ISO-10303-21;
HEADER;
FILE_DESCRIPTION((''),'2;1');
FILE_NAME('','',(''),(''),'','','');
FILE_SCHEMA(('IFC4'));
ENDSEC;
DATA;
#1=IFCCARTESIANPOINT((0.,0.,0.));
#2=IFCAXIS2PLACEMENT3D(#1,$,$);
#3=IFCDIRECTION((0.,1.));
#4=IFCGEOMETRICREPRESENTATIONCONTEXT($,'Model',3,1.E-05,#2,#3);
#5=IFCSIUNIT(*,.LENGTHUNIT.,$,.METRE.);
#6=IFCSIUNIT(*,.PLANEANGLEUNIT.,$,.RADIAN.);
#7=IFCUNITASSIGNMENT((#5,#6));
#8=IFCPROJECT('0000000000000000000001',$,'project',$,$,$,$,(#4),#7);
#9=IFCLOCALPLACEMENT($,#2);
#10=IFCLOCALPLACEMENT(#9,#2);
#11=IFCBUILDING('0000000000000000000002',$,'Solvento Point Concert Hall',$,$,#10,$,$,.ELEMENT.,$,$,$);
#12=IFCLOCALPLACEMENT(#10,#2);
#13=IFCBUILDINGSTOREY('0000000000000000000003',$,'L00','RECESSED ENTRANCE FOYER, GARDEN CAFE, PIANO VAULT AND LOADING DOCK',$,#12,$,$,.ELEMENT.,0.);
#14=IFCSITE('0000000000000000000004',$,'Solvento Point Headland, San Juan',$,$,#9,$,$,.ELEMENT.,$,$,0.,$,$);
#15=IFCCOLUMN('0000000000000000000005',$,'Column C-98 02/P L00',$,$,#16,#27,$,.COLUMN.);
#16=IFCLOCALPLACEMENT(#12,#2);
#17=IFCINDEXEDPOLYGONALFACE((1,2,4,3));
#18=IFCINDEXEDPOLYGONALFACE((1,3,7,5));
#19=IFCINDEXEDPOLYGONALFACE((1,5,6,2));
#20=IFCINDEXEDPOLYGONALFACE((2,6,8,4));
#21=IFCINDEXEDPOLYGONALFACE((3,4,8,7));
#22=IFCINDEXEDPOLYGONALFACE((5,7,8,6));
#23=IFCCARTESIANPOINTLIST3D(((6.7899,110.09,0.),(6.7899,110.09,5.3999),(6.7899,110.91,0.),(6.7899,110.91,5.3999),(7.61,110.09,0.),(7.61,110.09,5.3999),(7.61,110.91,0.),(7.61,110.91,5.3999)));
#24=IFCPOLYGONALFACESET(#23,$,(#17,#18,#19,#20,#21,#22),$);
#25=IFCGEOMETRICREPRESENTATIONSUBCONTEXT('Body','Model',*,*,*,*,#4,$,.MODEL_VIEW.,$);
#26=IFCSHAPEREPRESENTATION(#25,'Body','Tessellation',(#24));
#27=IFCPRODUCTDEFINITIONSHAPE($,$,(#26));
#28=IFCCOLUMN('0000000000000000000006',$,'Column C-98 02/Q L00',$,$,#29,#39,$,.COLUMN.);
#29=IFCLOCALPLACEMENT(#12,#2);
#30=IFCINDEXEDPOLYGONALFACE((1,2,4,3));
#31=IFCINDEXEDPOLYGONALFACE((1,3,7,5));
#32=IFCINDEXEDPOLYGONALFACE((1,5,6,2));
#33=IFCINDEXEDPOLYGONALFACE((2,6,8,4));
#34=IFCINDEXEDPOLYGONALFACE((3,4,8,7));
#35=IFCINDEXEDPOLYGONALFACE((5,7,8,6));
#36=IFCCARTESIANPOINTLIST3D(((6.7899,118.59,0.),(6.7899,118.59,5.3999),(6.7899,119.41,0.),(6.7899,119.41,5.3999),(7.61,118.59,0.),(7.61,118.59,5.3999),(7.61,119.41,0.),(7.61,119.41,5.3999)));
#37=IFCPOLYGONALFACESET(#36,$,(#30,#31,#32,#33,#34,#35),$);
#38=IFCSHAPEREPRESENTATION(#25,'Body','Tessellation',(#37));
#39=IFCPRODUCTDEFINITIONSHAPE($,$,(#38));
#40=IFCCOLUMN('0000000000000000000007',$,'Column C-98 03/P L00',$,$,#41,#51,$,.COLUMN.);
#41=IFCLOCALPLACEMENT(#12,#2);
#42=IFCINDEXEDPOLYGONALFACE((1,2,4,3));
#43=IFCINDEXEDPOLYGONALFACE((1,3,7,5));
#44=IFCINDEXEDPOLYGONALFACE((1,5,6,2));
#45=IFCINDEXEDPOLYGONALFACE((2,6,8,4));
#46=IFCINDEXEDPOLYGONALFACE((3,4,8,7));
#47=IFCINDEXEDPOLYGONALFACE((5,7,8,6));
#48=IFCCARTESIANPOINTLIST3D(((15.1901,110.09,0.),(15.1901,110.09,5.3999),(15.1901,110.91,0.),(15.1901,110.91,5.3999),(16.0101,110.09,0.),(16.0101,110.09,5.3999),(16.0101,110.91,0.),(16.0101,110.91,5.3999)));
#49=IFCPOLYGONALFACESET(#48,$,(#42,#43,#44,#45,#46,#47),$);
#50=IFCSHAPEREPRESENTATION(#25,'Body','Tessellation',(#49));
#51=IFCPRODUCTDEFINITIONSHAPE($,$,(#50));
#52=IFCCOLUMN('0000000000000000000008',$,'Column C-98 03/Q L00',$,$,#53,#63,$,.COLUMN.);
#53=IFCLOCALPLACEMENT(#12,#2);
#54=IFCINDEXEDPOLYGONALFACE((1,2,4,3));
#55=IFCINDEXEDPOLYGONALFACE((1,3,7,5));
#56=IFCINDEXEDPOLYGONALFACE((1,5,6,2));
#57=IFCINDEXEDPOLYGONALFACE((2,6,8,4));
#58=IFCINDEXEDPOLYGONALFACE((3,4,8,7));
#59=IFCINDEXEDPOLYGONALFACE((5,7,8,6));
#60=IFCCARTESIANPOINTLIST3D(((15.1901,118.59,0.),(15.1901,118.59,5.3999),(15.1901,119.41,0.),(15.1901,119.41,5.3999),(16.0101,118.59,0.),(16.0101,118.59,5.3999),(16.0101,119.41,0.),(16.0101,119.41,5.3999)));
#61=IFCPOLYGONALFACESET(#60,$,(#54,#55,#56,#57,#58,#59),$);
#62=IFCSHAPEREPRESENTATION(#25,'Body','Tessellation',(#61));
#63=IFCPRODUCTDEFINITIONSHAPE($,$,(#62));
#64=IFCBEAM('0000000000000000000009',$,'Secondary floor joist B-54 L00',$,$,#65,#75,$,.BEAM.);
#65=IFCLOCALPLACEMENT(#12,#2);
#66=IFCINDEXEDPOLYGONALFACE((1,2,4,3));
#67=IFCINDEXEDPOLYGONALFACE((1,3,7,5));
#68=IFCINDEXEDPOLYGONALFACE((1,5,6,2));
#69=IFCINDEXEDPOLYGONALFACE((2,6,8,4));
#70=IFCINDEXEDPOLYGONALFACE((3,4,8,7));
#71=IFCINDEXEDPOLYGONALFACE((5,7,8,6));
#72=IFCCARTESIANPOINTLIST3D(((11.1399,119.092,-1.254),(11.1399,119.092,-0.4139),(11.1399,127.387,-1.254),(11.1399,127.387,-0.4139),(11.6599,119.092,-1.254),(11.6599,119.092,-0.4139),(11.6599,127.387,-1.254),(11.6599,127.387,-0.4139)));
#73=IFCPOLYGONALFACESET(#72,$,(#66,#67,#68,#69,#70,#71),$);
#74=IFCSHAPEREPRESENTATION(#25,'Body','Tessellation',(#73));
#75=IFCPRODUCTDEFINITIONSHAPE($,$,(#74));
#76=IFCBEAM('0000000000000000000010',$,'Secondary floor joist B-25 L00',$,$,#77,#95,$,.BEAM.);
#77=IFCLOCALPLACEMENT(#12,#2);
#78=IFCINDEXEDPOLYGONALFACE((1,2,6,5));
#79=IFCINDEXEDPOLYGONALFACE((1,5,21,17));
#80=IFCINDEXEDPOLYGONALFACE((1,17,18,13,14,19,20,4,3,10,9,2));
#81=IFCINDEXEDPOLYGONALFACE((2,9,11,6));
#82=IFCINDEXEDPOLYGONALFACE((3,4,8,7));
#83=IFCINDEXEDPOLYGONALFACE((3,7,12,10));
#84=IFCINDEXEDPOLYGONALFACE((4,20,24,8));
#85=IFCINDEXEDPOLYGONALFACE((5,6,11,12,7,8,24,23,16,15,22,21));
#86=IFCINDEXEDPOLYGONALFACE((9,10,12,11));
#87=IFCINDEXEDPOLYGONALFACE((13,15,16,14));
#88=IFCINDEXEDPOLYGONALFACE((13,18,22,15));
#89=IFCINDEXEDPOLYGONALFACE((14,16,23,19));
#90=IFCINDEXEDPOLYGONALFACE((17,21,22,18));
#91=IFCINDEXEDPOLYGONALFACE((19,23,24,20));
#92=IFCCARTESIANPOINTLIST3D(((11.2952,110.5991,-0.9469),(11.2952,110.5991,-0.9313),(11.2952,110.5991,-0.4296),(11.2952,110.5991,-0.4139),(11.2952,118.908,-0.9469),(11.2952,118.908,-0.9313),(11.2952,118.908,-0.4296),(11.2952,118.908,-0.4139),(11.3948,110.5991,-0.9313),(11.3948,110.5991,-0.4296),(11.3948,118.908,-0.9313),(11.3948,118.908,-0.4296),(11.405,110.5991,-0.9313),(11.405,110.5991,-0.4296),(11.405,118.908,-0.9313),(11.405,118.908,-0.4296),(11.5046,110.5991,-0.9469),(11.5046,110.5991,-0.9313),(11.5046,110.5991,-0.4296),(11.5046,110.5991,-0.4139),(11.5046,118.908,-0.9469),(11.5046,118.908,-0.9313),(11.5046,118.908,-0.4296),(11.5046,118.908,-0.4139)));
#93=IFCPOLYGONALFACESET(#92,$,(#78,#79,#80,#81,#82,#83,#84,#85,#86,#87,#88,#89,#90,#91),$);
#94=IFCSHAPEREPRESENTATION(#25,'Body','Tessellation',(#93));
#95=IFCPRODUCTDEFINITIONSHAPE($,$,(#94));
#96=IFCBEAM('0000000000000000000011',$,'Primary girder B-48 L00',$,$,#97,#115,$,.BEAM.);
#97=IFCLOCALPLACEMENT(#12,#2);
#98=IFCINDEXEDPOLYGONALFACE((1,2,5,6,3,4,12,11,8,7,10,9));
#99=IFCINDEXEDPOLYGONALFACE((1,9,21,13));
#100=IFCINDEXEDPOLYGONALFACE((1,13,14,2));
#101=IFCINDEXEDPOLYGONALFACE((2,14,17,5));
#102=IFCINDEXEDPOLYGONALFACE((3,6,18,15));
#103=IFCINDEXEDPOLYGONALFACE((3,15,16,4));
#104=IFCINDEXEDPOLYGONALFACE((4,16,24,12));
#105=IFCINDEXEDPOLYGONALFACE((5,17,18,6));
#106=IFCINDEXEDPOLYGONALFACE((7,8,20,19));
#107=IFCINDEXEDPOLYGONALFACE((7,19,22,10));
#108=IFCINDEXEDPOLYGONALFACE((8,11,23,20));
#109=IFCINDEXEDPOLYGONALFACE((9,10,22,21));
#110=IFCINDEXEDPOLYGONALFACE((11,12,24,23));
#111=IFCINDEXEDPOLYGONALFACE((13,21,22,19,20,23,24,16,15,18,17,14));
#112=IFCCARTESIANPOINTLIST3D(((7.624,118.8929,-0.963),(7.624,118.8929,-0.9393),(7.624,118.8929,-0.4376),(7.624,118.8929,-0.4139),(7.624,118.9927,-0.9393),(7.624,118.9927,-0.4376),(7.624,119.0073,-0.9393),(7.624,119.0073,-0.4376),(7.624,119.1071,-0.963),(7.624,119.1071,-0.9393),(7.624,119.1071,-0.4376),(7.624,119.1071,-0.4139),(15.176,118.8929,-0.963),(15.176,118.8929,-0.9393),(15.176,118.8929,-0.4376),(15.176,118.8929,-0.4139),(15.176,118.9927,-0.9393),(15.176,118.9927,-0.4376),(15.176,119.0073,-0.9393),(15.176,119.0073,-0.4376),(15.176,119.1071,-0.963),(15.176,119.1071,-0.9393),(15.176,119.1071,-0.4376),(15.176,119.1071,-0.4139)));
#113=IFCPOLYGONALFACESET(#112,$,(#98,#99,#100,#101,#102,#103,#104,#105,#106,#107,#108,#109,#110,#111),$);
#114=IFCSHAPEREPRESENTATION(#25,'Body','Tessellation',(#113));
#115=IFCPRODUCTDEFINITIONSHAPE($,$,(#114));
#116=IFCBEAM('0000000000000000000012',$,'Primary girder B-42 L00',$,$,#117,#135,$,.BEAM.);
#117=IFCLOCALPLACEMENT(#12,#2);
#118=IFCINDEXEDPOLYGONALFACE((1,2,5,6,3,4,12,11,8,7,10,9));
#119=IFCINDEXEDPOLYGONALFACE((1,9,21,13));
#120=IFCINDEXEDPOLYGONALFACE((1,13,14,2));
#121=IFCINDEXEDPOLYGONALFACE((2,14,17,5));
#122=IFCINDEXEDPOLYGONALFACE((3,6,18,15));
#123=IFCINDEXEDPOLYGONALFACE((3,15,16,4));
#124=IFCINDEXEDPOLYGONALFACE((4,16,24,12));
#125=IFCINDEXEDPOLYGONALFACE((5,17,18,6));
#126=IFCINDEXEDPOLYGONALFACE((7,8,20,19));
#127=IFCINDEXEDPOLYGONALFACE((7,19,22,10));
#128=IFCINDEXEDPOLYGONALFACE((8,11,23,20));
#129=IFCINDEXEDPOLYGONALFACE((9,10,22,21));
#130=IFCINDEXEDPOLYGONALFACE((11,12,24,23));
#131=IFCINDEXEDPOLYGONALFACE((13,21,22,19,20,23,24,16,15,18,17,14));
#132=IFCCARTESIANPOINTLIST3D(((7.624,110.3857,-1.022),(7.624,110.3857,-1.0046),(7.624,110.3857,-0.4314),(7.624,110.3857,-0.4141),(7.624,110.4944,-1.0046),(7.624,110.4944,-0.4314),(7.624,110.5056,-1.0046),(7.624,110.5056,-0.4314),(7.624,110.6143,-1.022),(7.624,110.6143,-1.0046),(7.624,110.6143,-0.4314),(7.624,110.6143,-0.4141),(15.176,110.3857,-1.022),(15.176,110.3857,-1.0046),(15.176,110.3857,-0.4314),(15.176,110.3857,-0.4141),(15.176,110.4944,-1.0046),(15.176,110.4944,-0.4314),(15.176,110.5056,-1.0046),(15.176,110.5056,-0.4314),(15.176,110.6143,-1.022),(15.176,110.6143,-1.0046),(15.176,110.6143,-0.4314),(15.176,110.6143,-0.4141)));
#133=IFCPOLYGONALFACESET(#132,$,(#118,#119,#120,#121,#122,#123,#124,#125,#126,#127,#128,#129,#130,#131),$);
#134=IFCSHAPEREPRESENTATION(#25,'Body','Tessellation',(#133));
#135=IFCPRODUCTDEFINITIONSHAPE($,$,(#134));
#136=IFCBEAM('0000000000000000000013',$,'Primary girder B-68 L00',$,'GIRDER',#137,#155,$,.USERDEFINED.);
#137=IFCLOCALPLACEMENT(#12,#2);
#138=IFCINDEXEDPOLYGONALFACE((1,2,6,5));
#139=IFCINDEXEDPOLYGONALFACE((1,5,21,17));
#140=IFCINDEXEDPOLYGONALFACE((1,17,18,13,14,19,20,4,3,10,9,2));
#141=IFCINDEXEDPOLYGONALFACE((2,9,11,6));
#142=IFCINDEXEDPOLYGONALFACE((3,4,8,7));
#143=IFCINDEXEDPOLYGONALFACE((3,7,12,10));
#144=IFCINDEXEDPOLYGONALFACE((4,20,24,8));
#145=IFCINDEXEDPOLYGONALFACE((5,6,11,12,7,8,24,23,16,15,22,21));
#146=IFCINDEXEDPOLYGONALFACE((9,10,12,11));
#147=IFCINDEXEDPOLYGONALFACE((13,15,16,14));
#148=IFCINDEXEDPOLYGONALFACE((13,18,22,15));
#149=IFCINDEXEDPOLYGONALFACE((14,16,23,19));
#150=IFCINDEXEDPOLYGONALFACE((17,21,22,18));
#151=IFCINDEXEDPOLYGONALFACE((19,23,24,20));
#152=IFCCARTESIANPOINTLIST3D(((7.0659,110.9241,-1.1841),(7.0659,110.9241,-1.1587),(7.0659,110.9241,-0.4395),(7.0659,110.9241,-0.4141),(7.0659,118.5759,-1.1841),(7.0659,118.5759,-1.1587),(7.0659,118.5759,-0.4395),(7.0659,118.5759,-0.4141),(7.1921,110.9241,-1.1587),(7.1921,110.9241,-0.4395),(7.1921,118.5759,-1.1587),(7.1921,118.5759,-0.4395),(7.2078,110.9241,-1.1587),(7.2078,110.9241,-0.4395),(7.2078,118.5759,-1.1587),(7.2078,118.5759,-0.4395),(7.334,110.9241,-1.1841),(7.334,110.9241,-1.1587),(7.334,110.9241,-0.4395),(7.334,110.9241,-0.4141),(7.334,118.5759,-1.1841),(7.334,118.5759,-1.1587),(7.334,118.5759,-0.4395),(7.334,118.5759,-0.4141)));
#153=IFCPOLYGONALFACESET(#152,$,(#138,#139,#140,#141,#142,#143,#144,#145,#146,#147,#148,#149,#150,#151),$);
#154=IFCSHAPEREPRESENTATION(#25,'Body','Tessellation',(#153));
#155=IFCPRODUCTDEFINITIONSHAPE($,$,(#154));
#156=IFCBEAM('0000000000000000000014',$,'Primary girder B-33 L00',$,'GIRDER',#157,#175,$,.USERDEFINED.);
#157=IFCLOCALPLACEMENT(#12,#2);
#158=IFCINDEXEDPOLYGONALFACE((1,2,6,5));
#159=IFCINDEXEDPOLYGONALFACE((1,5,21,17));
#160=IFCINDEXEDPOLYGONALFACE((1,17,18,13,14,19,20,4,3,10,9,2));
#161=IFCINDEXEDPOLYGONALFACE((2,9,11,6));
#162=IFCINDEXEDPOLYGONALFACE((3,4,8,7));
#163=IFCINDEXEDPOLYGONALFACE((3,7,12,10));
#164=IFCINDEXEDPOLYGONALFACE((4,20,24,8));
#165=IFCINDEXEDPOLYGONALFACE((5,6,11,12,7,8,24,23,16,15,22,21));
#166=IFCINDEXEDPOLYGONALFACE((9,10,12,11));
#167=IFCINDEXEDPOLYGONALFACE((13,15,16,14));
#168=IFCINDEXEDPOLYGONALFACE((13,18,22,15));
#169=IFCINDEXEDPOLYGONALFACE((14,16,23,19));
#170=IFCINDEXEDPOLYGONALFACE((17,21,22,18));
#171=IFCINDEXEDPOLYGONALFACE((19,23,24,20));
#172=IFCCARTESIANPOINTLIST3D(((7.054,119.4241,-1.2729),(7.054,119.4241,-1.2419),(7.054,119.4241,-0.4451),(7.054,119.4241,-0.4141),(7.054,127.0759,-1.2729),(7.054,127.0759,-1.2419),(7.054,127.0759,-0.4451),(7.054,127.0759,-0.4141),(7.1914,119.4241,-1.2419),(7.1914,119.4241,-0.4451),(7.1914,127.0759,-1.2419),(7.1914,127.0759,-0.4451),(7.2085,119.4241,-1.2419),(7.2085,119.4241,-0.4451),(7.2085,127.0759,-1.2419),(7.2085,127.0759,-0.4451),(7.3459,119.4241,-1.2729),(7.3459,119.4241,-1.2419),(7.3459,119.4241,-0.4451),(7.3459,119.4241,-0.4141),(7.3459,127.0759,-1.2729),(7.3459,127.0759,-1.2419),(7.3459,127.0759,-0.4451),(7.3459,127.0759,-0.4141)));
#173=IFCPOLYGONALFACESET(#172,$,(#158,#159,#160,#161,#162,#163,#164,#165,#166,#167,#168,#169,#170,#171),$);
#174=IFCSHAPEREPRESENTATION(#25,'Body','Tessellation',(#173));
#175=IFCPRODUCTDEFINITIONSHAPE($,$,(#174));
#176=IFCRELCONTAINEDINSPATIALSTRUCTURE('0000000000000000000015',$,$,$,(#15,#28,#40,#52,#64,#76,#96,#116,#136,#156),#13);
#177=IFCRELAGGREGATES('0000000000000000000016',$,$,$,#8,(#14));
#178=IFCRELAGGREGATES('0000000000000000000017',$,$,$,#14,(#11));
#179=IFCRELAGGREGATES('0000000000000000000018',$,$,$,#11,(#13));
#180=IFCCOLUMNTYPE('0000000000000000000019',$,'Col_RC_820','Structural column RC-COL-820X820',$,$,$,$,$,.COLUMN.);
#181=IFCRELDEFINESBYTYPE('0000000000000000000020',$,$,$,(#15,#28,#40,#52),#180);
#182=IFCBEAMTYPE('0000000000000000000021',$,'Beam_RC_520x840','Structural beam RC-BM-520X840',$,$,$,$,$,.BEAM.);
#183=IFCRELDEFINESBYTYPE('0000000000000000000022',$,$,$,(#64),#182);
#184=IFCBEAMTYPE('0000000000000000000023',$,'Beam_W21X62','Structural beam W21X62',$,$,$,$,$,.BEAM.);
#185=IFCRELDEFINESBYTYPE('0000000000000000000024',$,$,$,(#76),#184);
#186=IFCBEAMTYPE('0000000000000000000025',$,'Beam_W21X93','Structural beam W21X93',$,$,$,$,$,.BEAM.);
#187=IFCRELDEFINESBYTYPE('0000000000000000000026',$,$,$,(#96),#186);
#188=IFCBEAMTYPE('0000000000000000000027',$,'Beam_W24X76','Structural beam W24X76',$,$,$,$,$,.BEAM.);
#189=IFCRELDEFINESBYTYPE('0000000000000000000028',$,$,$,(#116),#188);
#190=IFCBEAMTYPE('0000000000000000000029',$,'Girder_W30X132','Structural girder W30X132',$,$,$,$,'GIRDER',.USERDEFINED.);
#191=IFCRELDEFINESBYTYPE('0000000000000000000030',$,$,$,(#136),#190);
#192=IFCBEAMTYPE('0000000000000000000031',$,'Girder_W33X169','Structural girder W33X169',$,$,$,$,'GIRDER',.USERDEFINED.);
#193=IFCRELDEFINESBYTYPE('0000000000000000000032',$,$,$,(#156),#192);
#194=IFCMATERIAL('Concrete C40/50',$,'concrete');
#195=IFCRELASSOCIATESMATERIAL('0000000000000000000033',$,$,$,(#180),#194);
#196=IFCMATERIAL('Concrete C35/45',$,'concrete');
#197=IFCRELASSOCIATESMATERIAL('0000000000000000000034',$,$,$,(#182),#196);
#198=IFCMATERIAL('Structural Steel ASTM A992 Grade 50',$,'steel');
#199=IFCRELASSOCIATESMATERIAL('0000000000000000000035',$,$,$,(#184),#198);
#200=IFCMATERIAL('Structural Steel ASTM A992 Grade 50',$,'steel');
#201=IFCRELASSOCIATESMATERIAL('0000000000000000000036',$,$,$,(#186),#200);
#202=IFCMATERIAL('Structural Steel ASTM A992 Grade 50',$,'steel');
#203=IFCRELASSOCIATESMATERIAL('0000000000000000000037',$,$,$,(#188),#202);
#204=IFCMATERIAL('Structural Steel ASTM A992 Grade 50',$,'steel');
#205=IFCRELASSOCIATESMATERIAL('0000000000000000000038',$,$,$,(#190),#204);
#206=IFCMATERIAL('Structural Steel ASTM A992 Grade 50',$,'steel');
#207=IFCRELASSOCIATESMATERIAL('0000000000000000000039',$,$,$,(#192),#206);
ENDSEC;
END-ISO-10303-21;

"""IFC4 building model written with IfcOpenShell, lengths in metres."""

from ifc_helpers import new_model, si_unit, direction, frame, origin, origin_2d, place, context, subcontext, project, spatial, rectangle, i_section, extrude, material, material_profile, profile_set, type_object, element, save


model = new_model("IFC4")

# Units and contexts
model_context = context("Model", 3, precision=1e-05, world=origin(), true_north=direction((0.0, 1.0)))
body_context = subcontext(model_context, "Body", "Model", "MODEL_VIEW")
ifc_project = project(units=[si_unit("LENGTHUNIT", "METRE"), si_unit("PLANEANGLEUNIT", "RADIAN")], contexts=[model_context])

# Site, building, storey
site_placement = place(None, origin())
site = spatial("IfcSite", under=ifc_project, at=site_placement, Name="Solvento Point Headland, San Juan", CompositionType="ELEMENT", RefElevation=0.0)
building_placement = place(site_placement, origin())
building = spatial("IfcBuilding", under=site, at=building_placement, Name="Solvento Point Concert Hall", CompositionType="ELEMENT")
storey_placement = place(building_placement, origin())
storey = spatial("IfcBuildingStorey", under=building, at=storey_placement, Name="L00", Description="RECESSED ENTRANCE FOYER, GARDEN CAFE, PIANO VAULT AND LOADING DOCK", CompositionType="ELEMENT", Elevation=0.0)

# Columns
ifc_material_1 = material(Name="Concrete C40/50", Category="concrete")
ifc_material_profile_1 = material_profile(ifc_material_1, rectangle(XDim=0.8201, YDim=0.8201, at=origin_2d()), Name="RC-COL-820X820")
ifc_profile_set_1 = profile_set([ifc_material_profile_1], Name="Concrete C40/50")
column_type = type_object("IfcColumnType", Name="Col_RC_820", Description="Structural column RC-COL-820X820", PredefinedType="COLUMN", material=ifc_profile_set_1)
for number, where, z_axis, x_axis, name in (
    (1, (7.2, 110.5, 0.0), (0.0, 0.0, 1.0), (1.0, 0.0, 0.0), "Column C-98 02/P L00"),
    (2, (7.2, 119.0, 0.0), (0.0, 0.0, 1.0), (1.0, 0.0, 0.0), "Column C-98 02/Q L00"),
    (3, (15.6001, 110.5, 0.0), (0.0, 0.0, 1.0), (1.0, 0.0, 0.0), "Column C-98 03/P L00"),
    (4, (15.6001, 119.0, 0.0), (0.0, 0.0, 1.0), (1.0, 0.0, 0.0), "Column C-98 03/Q L00"),
):
    element("IfcColumn", number, at=place(storey_placement, frame(where, z_axis=z_axis, x_axis=x_axis)), inside=storey, type_object=column_type, Name=name, PredefinedType="COLUMN", context=body_context, shape_type="SweptSolid", body=[
        extrude(rectangle(XDim=0.8201, YDim=0.8201, at=origin_2d()), origin(), (0.0, 0.0, 1.0), 5.3999),
    ])

# Beams
ifc_material_2 = material(Name="Concrete C35/45", Category="concrete")
ifc_material_profile_2 = material_profile(ifc_material_2, rectangle(XDim=0.52, YDim=0.8401, at=origin_2d()), Name="RC-BM-520X840")
ifc_profile_set_2 = profile_set([ifc_material_profile_2], Name="Concrete C35/45")
beam_type_1 = type_object("IfcBeamType", Name="Beam_RC_520x840", Description="Structural beam RC-BM-520X840", PredefinedType="BEAM", material=ifc_profile_set_2)
beam_1_placement = place(storey_placement, frame((11.3999, 119.092, -0.834), z_axis=(0.0, 1.0, 0.0), x_axis=(-1.0, 0.0, 0.0)))
element("IfcBeam", 5, at=beam_1_placement, inside=storey, type_object=beam_type_1, Name="Secondary floor joist B-54 L00", PredefinedType="BEAM", context=body_context, shape_type="SweptSolid", body=[
    extrude(rectangle(XDim=0.52, YDim=0.8401, at=origin_2d()), origin(), (0.0, 0.0, 1.0), 8.2949),
])
ifc_material_3 = material(Name="Structural Steel ASTM A992 Grade 50", Category="steel")
ifc_material_profile_3 = material_profile(ifc_material_3, i_section(OverallWidth=0.2095, OverallDepth=0.533, WebThickness=0.0103, FlangeThickness=0.0156, at=origin_2d()), Name="W21X62")
ifc_profile_set_3 = profile_set([ifc_material_profile_3], Name="Structural Steel ASTM A992 Grade 50")
beam_type_2 = type_object("IfcBeamType", Name="Beam_W21X62", Description="Structural beam W21X62", PredefinedType="BEAM", material=ifc_profile_set_3)
beam_2_placement = place(storey_placement, frame((11.3999, 110.5991, -0.6804), z_axis=(0.0, 1.0, 0.0), x_axis=(-1.0, 0.0, 0.0)))
element("IfcBeam", 6, at=beam_2_placement, inside=storey, type_object=beam_type_2, Name="Secondary floor joist B-25 L00", PredefinedType="BEAM", context=body_context, shape_type="SweptSolid", body=[
    extrude(i_section(OverallWidth=0.2095, OverallDepth=0.533, WebThickness=0.0103, FlangeThickness=0.0156, at=origin_2d()), origin(), (0.0, 0.0, 1.0), 8.3088),
])
ifc_material_4 = material(Name="Structural Steel ASTM A992 Grade 50", Category="steel")
ifc_material_profile_4 = material_profile(ifc_material_4, i_section(OverallWidth=0.2141, OverallDepth=0.5491, WebThickness=0.0146, FlangeThickness=0.0237, at=origin_2d()), Name="W21X93")
ifc_profile_set_4 = profile_set([ifc_material_profile_4], Name="Structural Steel ASTM A992 Grade 50")
beam_type_3 = type_object("IfcBeamType", Name="Beam_W21X93", Description="Structural beam W21X93", PredefinedType="BEAM", material=ifc_profile_set_4)
beam_3_placement = place(storey_placement, frame((7.624, 119.0, -0.6885), z_axis=(1.0, 0.0, 0.0), x_axis=(0.0, 1.0, 0.0)))
element("IfcBeam", 7, at=beam_3_placement, inside=storey, type_object=beam_type_3, Name="Primary girder B-48 L00", PredefinedType="BEAM", context=body_context, shape_type="SweptSolid", body=[
    extrude(i_section(OverallWidth=0.2141, OverallDepth=0.5491, WebThickness=0.0146, FlangeThickness=0.0237, at=origin_2d()), origin(), (0.0, 0.0, 1.0), 7.552),
])
ifc_material_5 = material(Name="Structural Steel ASTM A992 Grade 50", Category="steel")
ifc_material_profile_5 = material_profile(ifc_material_5, i_section(OverallWidth=0.2285, OverallDepth=0.6079, WebThickness=0.0112, FlangeThickness=0.0173, at=origin_2d()), Name="W24X76")
ifc_profile_set_5 = profile_set([ifc_material_profile_5], Name="Structural Steel ASTM A992 Grade 50")
beam_type_4 = type_object("IfcBeamType", Name="Beam_W24X76", Description="Structural beam W24X76", PredefinedType="BEAM", material=ifc_profile_set_5)
beam_4_placement = place(storey_placement, frame((7.624, 110.5, -0.718), z_axis=(1.0, 0.0, 0.0), x_axis=(0.0, 1.0, 0.0)))
element("IfcBeam", 8, at=beam_4_placement, inside=storey, type_object=beam_type_4, Name="Primary girder B-42 L00", PredefinedType="BEAM", context=body_context, shape_type="SweptSolid", body=[
    extrude(i_section(OverallWidth=0.2285, OverallDepth=0.6079, WebThickness=0.0112, FlangeThickness=0.0173, at=origin_2d()), origin(), (0.0, 0.0, 1.0), 7.552),
])
ifc_material_6 = material(Name="Structural Steel ASTM A992 Grade 50", Category="steel")
ifc_material_profile_6 = material_profile(ifc_material_6, i_section(OverallWidth=0.2681, OverallDepth=0.77, WebThickness=0.0156, FlangeThickness=0.0254, at=origin_2d()), Name="W30X132")
ifc_profile_set_6 = profile_set([ifc_material_profile_6], Name="Structural Steel ASTM A992 Grade 50")
beam_type_5 = type_object("IfcBeamType", Name="Girder_W30X132", Description="Structural girder W30X132", ElementType="GIRDER", PredefinedType="USERDEFINED", material=ifc_profile_set_6)
beam_5_placement = place(storey_placement, frame((7.2, 110.9241, -0.7991), z_axis=(0.0, 1.0, 0.0), x_axis=(-1.0, 0.0, 0.0)))
element("IfcBeam", 9, at=beam_5_placement, inside=storey, type_object=beam_type_5, Name="Primary girder B-68 L00", ObjectType="GIRDER", PredefinedType="USERDEFINED", context=body_context, shape_type="SweptSolid", body=[
    extrude(i_section(OverallWidth=0.2681, OverallDepth=0.77, WebThickness=0.0156, FlangeThickness=0.0254, at=origin_2d()), origin(), (0.0, 0.0, 1.0), 7.6519),
])
ifc_material_7 = material(Name="Structural Steel ASTM A992 Grade 50", Category="steel")
ifc_material_profile_7 = material_profile(ifc_material_7, i_section(OverallWidth=0.292, OverallDepth=0.8589, WebThickness=0.0171, FlangeThickness=0.031, at=origin_2d()), Name="W33X169")
ifc_profile_set_7 = profile_set([ifc_material_profile_7], Name="Structural Steel ASTM A992 Grade 50")
beam_type_6 = type_object("IfcBeamType", Name="Girder_W33X169", Description="Structural girder W33X169", ElementType="GIRDER", PredefinedType="USERDEFINED", material=ifc_profile_set_7)
for number, where, z_axis, x_axis, name in (
    (10, (7.2, 119.4241, -0.8435), (0.0, 1.0, 0.0), (-1.0, 0.0, 0.0), "Primary girder B-33 L00"),
):
    element("IfcBeam", number, at=place(storey_placement, frame(where, z_axis=z_axis, x_axis=x_axis)), inside=storey, type_object=beam_type_6, Name=name, ObjectType="GIRDER", PredefinedType="USERDEFINED", context=body_context, shape_type="SweptSolid", body=[
        extrude(i_section(OverallWidth=0.292, OverallDepth=0.8589, WebThickness=0.0171, FlangeThickness=0.031, at=origin_2d()), origin(), (0.0, 0.0, 1.0), 7.6519),
    ])

save(model, "model.ifc")
